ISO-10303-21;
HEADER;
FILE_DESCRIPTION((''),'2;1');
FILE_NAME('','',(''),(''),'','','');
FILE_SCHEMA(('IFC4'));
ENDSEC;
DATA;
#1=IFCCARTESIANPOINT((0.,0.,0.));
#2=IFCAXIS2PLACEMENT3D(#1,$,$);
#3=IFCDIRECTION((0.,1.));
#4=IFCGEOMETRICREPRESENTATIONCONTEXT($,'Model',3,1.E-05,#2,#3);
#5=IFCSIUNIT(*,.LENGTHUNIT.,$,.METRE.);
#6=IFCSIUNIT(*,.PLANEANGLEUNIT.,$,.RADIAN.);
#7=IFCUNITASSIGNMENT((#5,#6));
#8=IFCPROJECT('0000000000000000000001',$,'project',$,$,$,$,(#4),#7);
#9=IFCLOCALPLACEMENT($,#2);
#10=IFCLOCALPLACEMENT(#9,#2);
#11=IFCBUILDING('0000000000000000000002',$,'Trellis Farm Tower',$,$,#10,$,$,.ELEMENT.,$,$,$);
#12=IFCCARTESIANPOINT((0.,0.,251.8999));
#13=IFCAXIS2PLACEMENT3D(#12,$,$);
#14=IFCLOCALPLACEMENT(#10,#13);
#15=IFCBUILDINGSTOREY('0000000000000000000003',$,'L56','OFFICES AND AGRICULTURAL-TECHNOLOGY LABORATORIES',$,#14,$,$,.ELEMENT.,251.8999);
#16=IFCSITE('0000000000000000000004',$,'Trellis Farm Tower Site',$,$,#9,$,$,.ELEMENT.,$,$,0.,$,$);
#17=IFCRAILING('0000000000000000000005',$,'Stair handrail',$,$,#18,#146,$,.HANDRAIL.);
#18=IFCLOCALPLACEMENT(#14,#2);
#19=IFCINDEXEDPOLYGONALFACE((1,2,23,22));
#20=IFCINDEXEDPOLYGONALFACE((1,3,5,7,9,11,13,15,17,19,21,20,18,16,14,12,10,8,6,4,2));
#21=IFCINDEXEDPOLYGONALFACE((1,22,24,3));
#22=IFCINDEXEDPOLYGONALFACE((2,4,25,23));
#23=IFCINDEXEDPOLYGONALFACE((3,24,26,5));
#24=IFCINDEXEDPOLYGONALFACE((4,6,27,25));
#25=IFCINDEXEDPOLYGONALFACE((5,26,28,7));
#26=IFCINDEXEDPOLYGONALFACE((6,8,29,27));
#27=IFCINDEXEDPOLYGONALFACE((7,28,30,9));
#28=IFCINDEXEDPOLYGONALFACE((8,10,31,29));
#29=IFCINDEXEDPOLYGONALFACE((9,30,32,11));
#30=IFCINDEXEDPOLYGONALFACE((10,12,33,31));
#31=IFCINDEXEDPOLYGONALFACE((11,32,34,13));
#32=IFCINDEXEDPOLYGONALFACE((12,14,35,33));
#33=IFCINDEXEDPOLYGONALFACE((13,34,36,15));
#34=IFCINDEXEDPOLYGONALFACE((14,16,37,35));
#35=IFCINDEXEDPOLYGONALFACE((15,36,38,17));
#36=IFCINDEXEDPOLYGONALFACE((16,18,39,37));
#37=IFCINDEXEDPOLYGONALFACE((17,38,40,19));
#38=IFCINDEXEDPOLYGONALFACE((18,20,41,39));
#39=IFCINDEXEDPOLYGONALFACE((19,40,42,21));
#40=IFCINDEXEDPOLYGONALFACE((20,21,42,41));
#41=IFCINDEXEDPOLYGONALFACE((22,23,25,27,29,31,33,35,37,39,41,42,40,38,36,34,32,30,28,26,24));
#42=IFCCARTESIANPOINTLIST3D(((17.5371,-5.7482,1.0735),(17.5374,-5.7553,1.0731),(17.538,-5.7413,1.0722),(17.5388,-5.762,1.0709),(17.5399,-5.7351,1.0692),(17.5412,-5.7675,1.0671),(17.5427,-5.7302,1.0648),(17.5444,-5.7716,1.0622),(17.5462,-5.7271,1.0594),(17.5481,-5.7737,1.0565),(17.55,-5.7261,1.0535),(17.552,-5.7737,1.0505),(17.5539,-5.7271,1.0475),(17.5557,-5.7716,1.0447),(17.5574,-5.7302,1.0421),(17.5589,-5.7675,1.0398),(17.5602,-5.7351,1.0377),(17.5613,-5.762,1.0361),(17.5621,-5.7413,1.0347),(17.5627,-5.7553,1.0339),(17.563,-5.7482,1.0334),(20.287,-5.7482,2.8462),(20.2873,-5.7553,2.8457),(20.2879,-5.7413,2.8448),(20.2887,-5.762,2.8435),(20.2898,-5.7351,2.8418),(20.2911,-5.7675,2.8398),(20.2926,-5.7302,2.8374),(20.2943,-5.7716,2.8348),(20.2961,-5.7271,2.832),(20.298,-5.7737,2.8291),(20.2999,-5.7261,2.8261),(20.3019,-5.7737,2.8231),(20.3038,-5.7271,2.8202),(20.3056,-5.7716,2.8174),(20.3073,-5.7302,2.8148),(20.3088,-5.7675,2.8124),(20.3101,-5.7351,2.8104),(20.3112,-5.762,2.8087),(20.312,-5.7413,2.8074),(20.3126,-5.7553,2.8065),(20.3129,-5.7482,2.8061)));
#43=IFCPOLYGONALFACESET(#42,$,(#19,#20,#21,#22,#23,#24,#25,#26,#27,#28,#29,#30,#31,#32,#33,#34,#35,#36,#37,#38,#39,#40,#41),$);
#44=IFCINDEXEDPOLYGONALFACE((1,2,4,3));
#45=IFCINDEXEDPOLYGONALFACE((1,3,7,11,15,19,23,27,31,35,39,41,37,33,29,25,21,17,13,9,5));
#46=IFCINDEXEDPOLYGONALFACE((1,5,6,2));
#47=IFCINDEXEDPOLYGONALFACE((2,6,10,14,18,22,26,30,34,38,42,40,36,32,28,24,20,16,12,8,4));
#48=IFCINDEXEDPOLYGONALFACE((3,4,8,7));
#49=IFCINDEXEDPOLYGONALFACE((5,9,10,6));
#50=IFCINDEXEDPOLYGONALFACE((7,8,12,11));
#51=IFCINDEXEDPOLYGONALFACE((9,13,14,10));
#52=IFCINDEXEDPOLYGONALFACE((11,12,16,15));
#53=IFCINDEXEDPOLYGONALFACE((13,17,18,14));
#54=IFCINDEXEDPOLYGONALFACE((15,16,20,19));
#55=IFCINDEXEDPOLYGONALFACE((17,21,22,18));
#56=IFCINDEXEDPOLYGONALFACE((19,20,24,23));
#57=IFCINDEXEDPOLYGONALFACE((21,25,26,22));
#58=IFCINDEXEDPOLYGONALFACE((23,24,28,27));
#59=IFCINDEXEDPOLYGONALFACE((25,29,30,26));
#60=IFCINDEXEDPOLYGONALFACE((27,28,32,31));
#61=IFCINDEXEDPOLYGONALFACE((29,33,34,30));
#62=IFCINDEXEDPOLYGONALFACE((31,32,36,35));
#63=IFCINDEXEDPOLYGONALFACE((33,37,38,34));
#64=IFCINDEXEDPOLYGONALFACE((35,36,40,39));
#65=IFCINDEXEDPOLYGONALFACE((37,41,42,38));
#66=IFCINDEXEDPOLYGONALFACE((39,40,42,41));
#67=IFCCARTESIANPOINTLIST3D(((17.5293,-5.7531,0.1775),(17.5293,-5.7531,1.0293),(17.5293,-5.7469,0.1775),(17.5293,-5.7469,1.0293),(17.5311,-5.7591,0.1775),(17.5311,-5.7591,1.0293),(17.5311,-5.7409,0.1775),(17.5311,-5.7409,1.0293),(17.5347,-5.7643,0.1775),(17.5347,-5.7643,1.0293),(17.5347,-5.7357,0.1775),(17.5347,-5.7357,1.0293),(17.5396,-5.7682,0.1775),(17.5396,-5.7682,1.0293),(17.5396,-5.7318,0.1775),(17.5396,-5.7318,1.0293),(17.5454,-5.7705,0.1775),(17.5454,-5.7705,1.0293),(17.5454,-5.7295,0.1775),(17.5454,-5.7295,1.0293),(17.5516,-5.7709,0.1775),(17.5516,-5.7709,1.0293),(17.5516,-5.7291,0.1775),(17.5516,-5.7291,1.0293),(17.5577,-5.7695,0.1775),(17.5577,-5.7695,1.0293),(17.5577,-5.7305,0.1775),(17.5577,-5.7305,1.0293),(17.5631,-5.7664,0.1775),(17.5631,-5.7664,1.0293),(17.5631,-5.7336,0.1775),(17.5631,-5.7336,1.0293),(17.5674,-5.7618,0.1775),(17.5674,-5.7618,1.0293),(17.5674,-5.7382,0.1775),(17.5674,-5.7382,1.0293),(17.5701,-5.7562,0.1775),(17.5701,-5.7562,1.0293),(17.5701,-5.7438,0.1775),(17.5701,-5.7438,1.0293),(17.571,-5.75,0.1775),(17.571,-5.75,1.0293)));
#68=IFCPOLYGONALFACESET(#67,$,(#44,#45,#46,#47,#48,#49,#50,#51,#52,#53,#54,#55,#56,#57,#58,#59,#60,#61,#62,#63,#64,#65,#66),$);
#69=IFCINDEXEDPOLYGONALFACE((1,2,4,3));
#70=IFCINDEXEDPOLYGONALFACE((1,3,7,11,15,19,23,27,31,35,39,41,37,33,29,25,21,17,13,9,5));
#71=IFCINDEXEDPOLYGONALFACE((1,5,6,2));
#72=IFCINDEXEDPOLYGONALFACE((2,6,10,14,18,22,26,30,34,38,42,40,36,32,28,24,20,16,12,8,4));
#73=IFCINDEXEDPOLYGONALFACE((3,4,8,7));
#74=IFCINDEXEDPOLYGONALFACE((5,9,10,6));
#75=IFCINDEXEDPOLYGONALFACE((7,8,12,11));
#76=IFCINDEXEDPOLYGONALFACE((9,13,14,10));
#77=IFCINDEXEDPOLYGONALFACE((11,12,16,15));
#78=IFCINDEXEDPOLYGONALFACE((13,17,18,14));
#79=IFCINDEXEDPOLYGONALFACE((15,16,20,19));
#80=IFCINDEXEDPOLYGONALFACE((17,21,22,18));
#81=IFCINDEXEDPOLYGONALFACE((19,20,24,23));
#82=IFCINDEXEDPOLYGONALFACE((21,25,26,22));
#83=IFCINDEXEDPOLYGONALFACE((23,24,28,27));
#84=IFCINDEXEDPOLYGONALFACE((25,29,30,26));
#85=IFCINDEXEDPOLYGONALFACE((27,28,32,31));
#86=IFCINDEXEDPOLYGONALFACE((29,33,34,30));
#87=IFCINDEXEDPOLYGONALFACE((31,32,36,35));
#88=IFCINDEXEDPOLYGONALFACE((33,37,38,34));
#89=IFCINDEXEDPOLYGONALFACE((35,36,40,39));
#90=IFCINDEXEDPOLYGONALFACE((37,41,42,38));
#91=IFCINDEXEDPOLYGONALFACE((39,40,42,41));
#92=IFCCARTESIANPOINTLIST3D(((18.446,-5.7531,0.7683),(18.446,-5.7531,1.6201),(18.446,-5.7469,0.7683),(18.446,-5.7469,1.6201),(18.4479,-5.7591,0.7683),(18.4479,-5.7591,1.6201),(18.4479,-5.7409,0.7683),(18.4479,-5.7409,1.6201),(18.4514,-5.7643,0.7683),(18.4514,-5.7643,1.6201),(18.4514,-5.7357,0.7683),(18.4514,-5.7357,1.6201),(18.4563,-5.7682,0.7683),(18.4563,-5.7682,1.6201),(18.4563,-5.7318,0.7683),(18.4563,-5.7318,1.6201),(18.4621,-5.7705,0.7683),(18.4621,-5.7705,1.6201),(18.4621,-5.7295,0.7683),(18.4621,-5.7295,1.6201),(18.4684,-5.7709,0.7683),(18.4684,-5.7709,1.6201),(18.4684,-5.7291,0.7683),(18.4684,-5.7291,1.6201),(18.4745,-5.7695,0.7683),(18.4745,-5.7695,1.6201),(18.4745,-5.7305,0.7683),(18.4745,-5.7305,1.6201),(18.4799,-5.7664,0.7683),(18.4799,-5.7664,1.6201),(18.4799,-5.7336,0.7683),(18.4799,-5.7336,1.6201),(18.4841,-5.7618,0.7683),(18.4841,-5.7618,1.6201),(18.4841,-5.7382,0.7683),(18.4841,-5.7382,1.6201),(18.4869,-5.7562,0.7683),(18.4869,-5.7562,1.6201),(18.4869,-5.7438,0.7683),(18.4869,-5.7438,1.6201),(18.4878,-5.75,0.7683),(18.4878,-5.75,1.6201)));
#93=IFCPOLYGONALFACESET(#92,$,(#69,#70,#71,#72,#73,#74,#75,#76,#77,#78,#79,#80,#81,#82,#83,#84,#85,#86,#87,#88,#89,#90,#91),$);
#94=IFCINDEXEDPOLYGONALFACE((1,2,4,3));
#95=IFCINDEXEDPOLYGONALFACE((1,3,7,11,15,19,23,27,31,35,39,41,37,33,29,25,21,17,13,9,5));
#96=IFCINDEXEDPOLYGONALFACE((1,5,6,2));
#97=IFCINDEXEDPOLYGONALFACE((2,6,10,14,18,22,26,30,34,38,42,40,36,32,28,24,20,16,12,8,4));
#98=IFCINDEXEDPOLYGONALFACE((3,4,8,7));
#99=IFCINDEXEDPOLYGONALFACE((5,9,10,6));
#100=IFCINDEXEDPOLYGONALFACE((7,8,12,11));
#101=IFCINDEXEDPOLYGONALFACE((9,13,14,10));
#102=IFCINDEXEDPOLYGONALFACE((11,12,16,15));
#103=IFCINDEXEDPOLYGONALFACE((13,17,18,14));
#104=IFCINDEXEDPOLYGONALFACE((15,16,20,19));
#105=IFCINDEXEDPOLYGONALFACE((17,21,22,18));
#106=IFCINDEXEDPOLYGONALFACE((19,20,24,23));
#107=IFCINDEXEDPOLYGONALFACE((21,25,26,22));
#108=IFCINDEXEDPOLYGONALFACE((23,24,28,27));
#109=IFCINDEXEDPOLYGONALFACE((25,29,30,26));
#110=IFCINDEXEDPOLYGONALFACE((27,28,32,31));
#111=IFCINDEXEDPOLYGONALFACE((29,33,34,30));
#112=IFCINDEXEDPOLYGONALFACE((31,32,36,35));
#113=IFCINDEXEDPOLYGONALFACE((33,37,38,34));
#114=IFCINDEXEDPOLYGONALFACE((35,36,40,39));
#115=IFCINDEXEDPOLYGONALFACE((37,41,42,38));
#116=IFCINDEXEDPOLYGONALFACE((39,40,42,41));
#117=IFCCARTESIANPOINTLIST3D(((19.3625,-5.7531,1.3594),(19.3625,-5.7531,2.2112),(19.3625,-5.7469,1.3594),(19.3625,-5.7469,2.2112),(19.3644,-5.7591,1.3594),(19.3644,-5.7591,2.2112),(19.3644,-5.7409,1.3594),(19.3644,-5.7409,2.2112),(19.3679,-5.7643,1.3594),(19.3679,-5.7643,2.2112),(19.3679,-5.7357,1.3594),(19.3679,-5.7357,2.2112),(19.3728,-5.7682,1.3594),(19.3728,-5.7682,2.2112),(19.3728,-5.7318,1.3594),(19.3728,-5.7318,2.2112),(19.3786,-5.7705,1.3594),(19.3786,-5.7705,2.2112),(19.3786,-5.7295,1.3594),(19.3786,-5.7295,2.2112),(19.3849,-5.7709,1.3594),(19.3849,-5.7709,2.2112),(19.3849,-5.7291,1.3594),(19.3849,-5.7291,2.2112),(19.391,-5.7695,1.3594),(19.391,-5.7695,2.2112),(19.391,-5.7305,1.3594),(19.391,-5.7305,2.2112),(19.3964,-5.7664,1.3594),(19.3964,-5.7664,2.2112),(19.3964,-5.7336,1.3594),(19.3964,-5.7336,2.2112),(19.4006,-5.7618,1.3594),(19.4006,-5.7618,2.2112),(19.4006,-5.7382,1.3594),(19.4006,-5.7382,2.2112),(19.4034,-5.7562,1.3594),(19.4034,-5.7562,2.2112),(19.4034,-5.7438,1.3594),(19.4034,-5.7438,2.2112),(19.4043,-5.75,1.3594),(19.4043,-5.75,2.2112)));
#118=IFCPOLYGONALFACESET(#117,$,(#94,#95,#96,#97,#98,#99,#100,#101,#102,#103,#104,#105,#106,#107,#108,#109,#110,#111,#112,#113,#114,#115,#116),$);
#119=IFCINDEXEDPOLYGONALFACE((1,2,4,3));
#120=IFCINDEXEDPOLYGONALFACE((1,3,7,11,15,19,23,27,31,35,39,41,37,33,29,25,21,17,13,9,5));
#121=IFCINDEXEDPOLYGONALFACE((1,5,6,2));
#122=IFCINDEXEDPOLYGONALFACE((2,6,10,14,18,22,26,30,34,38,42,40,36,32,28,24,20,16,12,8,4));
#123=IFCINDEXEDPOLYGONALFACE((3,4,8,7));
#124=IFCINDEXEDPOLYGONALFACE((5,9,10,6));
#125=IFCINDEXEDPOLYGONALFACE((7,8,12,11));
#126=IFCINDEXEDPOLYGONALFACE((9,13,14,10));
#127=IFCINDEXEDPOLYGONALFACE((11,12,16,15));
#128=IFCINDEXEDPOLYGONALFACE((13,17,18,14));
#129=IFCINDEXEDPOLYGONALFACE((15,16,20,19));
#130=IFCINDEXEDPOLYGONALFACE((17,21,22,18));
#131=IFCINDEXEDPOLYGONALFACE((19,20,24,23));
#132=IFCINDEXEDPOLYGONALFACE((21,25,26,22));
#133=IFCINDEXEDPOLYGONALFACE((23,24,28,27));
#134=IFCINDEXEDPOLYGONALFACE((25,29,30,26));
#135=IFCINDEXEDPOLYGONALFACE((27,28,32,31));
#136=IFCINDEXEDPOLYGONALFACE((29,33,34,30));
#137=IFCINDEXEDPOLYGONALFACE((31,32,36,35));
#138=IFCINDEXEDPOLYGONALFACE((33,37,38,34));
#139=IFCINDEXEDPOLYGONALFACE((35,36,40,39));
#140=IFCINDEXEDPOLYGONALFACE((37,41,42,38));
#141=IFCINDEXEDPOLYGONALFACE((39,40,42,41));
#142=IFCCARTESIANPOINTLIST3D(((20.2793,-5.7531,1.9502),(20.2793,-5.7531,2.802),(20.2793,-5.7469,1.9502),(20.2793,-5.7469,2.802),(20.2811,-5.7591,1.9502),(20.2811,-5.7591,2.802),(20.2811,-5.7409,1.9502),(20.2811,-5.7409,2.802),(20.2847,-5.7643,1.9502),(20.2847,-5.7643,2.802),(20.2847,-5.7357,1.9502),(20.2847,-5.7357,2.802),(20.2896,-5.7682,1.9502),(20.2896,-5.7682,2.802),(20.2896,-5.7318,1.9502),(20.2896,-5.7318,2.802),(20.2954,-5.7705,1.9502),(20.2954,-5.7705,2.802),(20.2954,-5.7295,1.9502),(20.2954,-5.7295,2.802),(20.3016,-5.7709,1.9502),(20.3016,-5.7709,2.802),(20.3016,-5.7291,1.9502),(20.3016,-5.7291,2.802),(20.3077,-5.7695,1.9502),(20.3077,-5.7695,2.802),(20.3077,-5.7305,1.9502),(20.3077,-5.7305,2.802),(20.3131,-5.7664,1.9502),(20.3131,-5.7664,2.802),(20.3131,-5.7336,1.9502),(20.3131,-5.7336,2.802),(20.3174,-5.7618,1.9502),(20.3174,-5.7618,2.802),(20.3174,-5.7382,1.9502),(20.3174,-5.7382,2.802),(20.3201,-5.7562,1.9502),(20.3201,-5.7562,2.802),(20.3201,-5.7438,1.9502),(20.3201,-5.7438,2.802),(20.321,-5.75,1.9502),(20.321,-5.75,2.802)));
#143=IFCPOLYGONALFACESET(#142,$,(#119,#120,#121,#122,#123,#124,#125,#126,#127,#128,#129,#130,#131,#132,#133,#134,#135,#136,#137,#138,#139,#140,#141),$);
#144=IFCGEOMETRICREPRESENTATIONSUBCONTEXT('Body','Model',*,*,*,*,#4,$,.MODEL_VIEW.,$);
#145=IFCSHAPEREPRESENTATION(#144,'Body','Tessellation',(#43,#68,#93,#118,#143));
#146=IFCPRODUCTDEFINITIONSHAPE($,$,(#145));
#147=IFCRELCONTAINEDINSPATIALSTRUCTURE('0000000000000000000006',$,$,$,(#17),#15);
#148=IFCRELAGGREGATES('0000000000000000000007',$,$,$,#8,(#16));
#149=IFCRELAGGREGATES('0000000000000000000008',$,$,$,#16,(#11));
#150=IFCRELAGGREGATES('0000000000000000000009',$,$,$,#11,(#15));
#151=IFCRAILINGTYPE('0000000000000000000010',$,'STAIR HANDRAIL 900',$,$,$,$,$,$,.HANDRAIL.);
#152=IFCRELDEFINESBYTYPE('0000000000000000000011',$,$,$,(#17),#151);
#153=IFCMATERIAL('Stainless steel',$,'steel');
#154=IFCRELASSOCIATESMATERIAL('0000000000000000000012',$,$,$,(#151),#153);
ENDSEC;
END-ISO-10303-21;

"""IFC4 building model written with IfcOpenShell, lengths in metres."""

from ifc_helpers import new_model, si_unit, direction, frame, origin, origin_2d, place, context, subcontext, project, spatial, circle, extrude, source, transform, mapped, material, type_object, element, save


model = new_model("IFC4")

# Units and contexts
model_context = context("Model", 3, precision=1e-05, world=origin(), true_north=direction((0.0, 1.0)))
body_context = subcontext(model_context, "Body", "Model", "MODEL_VIEW")
ifc_project = project(units=[si_unit("LENGTHUNIT", "METRE"), si_unit("PLANEANGLEUNIT", "RADIAN")], contexts=[model_context])

# Site, building, storey
site_placement = place(None, origin())
site = spatial("IfcSite", under=ifc_project, at=site_placement, Name="Trellis Farm Tower Site", CompositionType="ELEMENT", RefElevation=0.0)
building_placement = place(site_placement, origin())
building = spatial("IfcBuilding", under=site, at=building_placement, Name="Trellis Farm Tower", CompositionType="ELEMENT")
storey_placement = place(building_placement, frame((0.0, 0.0, 251.8999)))
storey = spatial("IfcBuildingStorey", under=building, at=storey_placement, Name="L56", Description="OFFICES AND AGRICULTURAL-TECHNOLOGY LABORATORIES", CompositionType="ELEMENT", Elevation=251.8999)

# Railing
ifc_material_1 = material(Name="Stainless steel", Category="steel")
railing_type = type_object("IfcRailingType", Name="STAIR HANDRAIL 900", PredefinedType="HANDRAIL", material=ifc_material_1)
shared_shape_1 = source(origin(), body_context, "Body", "SweptSolid", [
    extrude(circle(Radius=0.0239, at=origin_2d()), frame((0.0, 0.0, 0.876), z_axis=(0.840504, 0.0, 0.541806), x_axis=(0.0, 1.0, 0.0)), (0.0, 0.0, 1.0), 3.2717),
    extrude(circle(Radius=0.021, at=origin_2d()), origin(), (0.0, 0.0, 1.0), 0.8518),
    extrude(circle(Radius=0.021, at=origin_2d()), frame((0.9167, 0.0, 0.5908)), (0.0, 0.0, 1.0), 0.8518),
    extrude(circle(Radius=0.021, at=origin_2d()), frame((1.8333, 0.0, 1.1819)), (0.0, 0.0, 1.0), 0.8518),
    extrude(circle(Radius=0.021, at=origin_2d()), frame((2.75, 0.0, 1.7727)), (0.0, 0.0, 1.0), 0.8518),
])
for number, where, name in (
    (1, (17.55, -5.75, 0.1775), "Stair handrail"),
):
    element("IfcRailing", number, at=place(storey_placement, frame(where)), inside=storey, type_object=railing_type, Name=name, PredefinedType="HANDRAIL", context=body_context, shape_type="MappedRepresentation", body=[
        mapped(shared_shape_1, transform((0.0, 0.0, 0.0))),
    ])

save(model, "model.ifc")
